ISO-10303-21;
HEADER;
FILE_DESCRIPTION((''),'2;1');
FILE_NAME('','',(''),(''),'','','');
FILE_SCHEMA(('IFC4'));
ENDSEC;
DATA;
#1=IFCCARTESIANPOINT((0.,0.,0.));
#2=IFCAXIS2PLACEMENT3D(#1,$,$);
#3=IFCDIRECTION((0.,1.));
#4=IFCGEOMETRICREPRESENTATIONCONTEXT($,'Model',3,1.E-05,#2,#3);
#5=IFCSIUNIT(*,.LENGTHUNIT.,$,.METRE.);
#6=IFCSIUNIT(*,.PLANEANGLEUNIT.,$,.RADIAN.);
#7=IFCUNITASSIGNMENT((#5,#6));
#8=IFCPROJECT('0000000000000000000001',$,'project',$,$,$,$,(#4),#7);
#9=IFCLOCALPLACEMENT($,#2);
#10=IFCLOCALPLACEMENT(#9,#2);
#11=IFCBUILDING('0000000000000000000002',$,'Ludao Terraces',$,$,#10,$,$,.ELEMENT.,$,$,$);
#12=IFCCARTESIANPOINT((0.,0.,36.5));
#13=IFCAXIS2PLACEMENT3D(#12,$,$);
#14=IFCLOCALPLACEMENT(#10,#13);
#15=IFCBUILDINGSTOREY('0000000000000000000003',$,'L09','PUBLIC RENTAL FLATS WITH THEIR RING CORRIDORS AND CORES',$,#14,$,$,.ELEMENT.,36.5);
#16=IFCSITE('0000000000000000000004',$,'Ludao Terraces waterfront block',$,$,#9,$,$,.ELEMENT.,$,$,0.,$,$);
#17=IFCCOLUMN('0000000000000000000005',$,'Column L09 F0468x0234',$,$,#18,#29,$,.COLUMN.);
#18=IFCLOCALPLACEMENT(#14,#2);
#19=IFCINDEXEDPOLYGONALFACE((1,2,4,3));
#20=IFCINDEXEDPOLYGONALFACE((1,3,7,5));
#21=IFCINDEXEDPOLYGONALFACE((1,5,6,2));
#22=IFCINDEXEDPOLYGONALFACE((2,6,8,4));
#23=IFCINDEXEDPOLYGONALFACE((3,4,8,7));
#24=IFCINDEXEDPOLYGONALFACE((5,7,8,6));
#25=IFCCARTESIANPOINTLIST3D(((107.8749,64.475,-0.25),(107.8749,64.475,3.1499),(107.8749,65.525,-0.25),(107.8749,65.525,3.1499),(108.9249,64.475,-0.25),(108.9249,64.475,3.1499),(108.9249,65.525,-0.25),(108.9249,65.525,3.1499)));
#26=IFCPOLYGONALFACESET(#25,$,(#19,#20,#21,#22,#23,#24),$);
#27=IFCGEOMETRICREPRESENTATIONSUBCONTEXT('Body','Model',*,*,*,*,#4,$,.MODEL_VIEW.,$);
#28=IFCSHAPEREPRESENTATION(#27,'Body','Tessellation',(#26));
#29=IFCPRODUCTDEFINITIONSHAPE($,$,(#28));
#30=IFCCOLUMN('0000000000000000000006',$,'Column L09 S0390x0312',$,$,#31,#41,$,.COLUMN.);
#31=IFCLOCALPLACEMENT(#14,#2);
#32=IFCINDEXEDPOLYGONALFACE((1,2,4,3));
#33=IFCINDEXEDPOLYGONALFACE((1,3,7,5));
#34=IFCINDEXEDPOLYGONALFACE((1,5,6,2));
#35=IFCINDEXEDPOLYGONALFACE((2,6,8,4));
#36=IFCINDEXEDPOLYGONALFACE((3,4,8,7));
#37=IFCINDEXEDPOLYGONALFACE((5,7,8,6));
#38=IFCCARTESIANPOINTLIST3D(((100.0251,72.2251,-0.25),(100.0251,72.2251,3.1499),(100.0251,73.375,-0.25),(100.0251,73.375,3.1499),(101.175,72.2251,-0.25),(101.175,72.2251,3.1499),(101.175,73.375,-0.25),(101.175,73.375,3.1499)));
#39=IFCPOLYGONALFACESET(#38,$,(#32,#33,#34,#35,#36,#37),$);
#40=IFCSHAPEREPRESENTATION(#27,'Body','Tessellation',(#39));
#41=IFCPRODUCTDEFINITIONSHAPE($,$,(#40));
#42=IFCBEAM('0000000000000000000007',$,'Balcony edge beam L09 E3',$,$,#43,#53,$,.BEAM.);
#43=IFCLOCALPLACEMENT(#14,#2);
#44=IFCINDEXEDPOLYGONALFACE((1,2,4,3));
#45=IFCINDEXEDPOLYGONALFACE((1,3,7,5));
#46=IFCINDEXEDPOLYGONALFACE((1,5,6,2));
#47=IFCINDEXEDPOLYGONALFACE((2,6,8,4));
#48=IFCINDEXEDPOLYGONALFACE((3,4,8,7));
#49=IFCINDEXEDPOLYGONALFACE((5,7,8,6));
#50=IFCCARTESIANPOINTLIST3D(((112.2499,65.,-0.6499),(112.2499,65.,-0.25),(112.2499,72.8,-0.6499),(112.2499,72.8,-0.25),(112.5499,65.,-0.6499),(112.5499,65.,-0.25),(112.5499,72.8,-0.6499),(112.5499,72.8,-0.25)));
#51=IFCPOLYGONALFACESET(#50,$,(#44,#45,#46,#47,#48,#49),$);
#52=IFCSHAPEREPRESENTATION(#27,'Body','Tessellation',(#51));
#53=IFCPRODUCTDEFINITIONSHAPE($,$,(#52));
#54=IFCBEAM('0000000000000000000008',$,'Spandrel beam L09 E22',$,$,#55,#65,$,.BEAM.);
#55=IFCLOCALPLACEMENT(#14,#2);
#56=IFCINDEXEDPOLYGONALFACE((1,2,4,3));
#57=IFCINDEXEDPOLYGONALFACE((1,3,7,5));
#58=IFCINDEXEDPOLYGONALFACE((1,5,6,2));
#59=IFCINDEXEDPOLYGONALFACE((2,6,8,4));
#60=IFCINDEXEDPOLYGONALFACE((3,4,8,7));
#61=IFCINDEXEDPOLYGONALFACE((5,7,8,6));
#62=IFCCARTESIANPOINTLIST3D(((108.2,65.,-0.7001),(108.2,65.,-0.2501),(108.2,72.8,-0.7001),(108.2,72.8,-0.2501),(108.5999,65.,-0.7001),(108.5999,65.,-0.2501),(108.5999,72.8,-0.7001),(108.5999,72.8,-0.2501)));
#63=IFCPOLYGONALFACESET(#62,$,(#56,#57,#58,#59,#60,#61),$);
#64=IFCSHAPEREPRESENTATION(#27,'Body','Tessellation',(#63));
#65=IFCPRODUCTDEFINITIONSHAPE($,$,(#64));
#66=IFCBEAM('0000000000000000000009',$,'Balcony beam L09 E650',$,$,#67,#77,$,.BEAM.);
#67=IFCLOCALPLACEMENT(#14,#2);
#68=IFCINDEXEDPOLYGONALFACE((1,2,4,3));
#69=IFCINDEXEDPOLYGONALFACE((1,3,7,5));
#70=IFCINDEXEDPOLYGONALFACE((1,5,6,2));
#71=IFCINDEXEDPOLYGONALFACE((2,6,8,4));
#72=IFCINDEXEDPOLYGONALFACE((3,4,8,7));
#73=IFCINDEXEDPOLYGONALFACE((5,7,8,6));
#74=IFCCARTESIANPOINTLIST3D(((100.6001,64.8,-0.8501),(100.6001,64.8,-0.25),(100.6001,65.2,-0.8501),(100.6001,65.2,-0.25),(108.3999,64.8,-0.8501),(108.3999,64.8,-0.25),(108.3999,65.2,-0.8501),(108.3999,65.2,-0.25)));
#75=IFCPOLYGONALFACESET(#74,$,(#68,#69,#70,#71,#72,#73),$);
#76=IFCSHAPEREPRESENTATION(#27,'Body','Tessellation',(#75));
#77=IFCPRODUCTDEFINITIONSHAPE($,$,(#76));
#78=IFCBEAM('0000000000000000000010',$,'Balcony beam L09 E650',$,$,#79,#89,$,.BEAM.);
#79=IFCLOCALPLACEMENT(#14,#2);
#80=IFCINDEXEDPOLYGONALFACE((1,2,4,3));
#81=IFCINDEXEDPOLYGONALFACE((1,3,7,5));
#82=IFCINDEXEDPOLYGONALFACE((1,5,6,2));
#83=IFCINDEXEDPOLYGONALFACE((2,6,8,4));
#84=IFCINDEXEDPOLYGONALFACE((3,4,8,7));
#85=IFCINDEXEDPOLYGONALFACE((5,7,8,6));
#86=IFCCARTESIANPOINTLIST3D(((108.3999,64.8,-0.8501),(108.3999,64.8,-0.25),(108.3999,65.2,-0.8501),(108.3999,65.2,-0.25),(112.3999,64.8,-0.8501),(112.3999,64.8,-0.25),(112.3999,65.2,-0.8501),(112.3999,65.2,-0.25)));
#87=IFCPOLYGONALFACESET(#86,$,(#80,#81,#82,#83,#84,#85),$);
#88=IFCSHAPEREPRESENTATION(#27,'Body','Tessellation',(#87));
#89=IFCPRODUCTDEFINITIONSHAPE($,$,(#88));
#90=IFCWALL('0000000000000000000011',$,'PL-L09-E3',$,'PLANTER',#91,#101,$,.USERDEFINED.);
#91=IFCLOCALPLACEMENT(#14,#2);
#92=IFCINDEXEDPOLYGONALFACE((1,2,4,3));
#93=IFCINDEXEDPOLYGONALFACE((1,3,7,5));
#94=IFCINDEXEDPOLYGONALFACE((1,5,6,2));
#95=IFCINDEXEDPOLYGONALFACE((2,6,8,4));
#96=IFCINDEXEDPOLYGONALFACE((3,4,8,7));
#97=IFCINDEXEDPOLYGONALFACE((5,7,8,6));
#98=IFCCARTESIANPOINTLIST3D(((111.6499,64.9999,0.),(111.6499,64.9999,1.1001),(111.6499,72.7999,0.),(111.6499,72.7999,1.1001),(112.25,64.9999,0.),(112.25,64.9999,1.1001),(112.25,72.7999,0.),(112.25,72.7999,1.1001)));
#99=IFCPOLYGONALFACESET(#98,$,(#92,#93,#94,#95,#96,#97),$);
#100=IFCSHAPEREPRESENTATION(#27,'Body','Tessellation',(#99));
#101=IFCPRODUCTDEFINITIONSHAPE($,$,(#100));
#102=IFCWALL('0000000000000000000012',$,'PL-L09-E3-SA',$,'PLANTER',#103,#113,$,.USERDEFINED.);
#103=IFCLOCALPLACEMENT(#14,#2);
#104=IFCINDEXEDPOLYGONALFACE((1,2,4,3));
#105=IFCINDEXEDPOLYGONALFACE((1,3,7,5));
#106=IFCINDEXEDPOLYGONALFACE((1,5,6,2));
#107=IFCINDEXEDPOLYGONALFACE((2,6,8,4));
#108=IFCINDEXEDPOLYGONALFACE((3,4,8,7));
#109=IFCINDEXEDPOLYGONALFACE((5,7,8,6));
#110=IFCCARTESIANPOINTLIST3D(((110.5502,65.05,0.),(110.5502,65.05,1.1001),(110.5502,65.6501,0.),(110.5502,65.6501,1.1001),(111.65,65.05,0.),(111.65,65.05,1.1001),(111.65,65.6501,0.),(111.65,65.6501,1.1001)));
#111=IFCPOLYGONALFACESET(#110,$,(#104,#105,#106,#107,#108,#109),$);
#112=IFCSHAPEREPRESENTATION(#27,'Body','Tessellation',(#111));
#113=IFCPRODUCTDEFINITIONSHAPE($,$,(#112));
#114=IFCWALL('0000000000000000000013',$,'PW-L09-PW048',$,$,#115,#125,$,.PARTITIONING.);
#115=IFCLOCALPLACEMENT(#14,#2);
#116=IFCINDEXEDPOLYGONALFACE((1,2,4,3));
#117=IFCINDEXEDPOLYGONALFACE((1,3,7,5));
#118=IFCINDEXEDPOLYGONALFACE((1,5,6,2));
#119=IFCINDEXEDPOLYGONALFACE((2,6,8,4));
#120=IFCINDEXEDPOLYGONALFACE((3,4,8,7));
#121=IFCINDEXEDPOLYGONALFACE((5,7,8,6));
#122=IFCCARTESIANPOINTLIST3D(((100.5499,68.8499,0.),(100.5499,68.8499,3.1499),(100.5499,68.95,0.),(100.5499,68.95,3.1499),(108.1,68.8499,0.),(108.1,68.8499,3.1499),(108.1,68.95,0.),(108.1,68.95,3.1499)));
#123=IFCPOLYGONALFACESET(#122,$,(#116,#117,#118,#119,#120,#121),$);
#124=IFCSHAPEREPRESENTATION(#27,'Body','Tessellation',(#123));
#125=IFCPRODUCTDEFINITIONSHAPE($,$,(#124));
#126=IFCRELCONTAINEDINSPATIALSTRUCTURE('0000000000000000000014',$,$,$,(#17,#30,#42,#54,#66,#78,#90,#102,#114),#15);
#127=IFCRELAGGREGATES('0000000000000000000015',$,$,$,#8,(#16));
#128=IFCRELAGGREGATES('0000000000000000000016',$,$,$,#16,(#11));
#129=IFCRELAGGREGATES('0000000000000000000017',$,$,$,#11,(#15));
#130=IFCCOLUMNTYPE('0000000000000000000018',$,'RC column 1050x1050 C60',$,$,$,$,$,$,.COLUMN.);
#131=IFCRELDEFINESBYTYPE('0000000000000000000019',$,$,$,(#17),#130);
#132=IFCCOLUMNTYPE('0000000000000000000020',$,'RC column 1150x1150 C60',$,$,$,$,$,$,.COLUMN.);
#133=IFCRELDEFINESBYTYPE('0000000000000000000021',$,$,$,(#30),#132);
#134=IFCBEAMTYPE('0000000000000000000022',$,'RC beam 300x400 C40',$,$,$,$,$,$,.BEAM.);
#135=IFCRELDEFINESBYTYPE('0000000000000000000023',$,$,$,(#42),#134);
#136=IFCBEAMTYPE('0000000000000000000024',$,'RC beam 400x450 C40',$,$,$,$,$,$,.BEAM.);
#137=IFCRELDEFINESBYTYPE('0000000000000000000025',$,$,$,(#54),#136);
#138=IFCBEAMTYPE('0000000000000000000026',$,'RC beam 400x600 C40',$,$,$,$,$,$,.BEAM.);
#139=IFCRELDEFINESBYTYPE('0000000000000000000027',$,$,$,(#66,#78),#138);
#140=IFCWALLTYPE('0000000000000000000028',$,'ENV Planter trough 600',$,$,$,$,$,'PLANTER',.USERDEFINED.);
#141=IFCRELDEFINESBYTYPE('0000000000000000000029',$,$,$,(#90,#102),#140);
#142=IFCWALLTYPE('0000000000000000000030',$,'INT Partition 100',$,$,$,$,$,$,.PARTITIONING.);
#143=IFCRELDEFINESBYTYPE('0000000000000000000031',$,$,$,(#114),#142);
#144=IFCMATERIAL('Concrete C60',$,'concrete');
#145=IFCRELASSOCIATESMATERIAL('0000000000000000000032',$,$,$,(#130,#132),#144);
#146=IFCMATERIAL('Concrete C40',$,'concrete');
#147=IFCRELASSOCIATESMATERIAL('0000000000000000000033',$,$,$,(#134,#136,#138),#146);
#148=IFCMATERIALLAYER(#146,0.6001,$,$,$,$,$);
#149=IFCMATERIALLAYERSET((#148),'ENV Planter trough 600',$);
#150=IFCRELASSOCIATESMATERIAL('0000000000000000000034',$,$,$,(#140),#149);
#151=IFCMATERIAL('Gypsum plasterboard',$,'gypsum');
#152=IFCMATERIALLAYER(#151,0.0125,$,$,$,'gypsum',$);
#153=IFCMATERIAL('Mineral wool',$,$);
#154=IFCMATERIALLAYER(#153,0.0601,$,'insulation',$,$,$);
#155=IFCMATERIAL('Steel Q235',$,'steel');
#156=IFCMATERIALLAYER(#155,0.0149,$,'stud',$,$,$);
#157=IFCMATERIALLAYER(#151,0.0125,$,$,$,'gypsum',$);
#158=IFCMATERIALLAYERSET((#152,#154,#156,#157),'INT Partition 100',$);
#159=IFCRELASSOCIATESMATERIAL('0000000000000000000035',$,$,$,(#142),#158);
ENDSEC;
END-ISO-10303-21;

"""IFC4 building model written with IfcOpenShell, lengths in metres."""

from ifc_helpers import new_model, si_unit, direction, frame, frame_2d, origin, origin_2d, place, context, subcontext, project, spatial, rectangle, extrude, material, layer, layer_set, material_profile, profile_set, type_object, element, save


model = new_model("IFC4")

# Units and contexts
model_context = context("Model", 3, precision=1e-05, world=origin(), true_north=direction((0.0, 1.0)))
body_context = subcontext(model_context, "Body", "Model", "MODEL_VIEW")
ifc_project = project(units=[si_unit("LENGTHUNIT", "METRE"), si_unit("PLANEANGLEUNIT", "RADIAN")], contexts=[model_context])

# Site, building, storey
site_placement = place(None, origin())
site = spatial("IfcSite", under=ifc_project, at=site_placement, Name="Ludao Terraces waterfront block", CompositionType="ELEMENT", RefElevation=0.0)
building_placement = place(site_placement, origin())
building = spatial("IfcBuilding", under=site, at=building_placement, Name="Ludao Terraces", CompositionType="ELEMENT")
storey_placement = place(building_placement, frame((0.0, 0.0, 36.5)))
storey = spatial("IfcBuildingStorey", under=building, at=storey_placement, Name="L09", Description="PUBLIC RENTAL FLATS WITH THEIR RING CORRIDORS AND CORES", CompositionType="ELEMENT", Elevation=36.5)

# Columns
ifc_material_1 = material(Name="Concrete C60", Category="concrete")
ifc_material_profile_1 = material_profile(ifc_material_1, rectangle(XDim=1.05, YDim=1.05, at=origin_2d()), Name="1050 X 1050")
ifc_profile_set_1 = profile_set([ifc_material_profile_1], Name="Concrete C60")
column_type_1 = type_object("IfcColumnType", Name="RC column 1050x1050 C60", PredefinedType="COLUMN", material=ifc_profile_set_1)
column_1_placement = place(storey_placement, frame((108.3999, 65.0, -0.25), z_axis=(0.0, 0.0, 1.0), x_axis=(1.0, 0.0, 0.0)))
element("IfcColumn", 1, at=column_1_placement, inside=storey, type_object=column_type_1, Name="Column L09 F0468x0234", PredefinedType="COLUMN", context=body_context, shape_type="SweptSolid", body=[
    extrude(rectangle(XDim=1.05, YDim=1.05, at=origin_2d()), origin(), (0.0, 0.0, 1.0), 3.3999),
])
ifc_material_profile_2 = material_profile(ifc_material_1, rectangle(XDim=1.1499, YDim=1.1499, at=origin_2d()), Name="1150 X 1150")
ifc_profile_set_2 = profile_set([ifc_material_profile_2], Name="Concrete C60")
column_type_2 = type_object("IfcColumnType", Name="RC column 1150x1150 C60", PredefinedType="COLUMN", material=ifc_profile_set_2)
column_2_placement = place(storey_placement, frame((100.6001, 72.8, -0.25), z_axis=(0.0, 0.0, 1.0), x_axis=(1.0, 0.0, 0.0)))
element("IfcColumn", 2, at=column_2_placement, inside=storey, type_object=column_type_2, Name="Column L09 S0390x0312", PredefinedType="COLUMN", context=body_context, shape_type="SweptSolid", body=[
    extrude(rectangle(XDim=1.1499, YDim=1.1499, at=origin_2d()), origin(), (0.0, 0.0, 1.0), 3.3999),
])

# Beams
ifc_material_2 = material(Name="Concrete C40", Category="concrete")
ifc_material_profile_3 = material_profile(ifc_material_2, rectangle(XDim=0.3, YDim=0.3999, at=origin_2d()), Name="300 X 400")
ifc_profile_set_3 = profile_set([ifc_material_profile_3], Name="Concrete C40")
beam_type_1 = type_object("IfcBeamType", Name="RC beam 300x400 C40", PredefinedType="BEAM", material=ifc_profile_set_3)
beam_1_placement = place(storey_placement, frame((112.3999, 65.0, -0.45), z_axis=(0.0, 1.0, 0.0), x_axis=(-1.0, 0.0, 0.0)))
element("IfcBeam", 3, at=beam_1_placement, inside=storey, type_object=beam_type_1, Name="Balcony edge beam L09 E3", PredefinedType="BEAM", context=body_context, shape_type="SweptSolid", body=[
    extrude(rectangle(XDim=0.3, YDim=0.3999, at=origin_2d()), origin(), (0.0, 0.0, 1.0), 7.8),
])
ifc_material_profile_4 = material_profile(ifc_material_2, rectangle(XDim=0.3999, YDim=0.45, at=origin_2d()), Name="400 X 450")
ifc_profile_set_4 = profile_set([ifc_material_profile_4], Name="Concrete C40")
beam_type_2 = type_object("IfcBeamType", Name="RC beam 400x450 C40", PredefinedType="BEAM", material=ifc_profile_set_4)
beam_2_placement = place(storey_placement, frame((108.3999, 65.0, -0.4751), z_axis=(0.0, 1.0, 0.0), x_axis=(-1.0, 0.0, 0.0)))
element("IfcBeam", 4, at=beam_2_placement, inside=storey, type_object=beam_type_2, Name="Spandrel beam L09 E22", PredefinedType="BEAM", context=body_context, shape_type="SweptSolid", body=[
    extrude(rectangle(XDim=0.3999, YDim=0.45, at=origin_2d()), origin(), (0.0, 0.0, 1.0), 7.8),
])
ifc_material_profile_5 = material_profile(ifc_material_2, rectangle(XDim=0.3999, YDim=0.6001, at=origin_2d()), Name="400 X 600")
ifc_profile_set_5 = profile_set([ifc_material_profile_5], Name="Concrete C40")
beam_type_3 = type_object("IfcBeamType", Name="RC beam 400x600 C40", PredefinedType="BEAM", material=ifc_profile_set_5)
beam_3_placement = place(storey_placement, frame((100.6001, 65.0, -0.55), z_axis=(1.0, 0.0, 0.0), x_axis=(0.0, 1.0, 0.0)))
element("IfcBeam", 5, at=beam_3_placement, inside=storey, type_object=beam_type_3, Name="Balcony beam L09 E650", PredefinedType="BEAM", context=body_context, shape_type="SweptSolid", body=[
    extrude(rectangle(XDim=0.3999, YDim=0.6001, at=origin_2d()), origin(), (0.0, 0.0, 1.0), 7.7998),
])
beam_4_placement = place(storey_placement, frame((108.3999, 65.0, -0.55), z_axis=(1.0, 0.0, 0.0), x_axis=(0.0, 1.0, 0.0)))
element("IfcBeam", 6, at=beam_4_placement, inside=storey, type_object=beam_type_3, Name="Balcony beam L09 E650", PredefinedType="BEAM", context=body_context, shape_type="SweptSolid", body=[
    extrude(rectangle(XDim=0.3999, YDim=0.6001, at=origin_2d()), origin(), (0.0, 0.0, 1.0), 4.0),
])

# Walls
ifc_layer_1 = layer(ifc_material_2, 0.6001)
ifc_layer_set_1 = layer_set([ifc_layer_1], Name="ENV Planter trough 600")
wall_type_1 = type_object("IfcWallType", Name="ENV Planter trough 600", ElementType="PLANTER", PredefinedType="USERDEFINED", material=ifc_layer_set_1)
wall_1_placement = place(storey_placement, frame((111.95, 65.0, 0.0), z_axis=(0.0, 0.0, 1.0), x_axis=(0.0, 1.0, 0.0)))
element("IfcWall", 7, at=wall_1_placement, inside=storey, type_object=wall_type_1, Name="PL-L09-E3", ObjectType="PLANTER", PredefinedType="USERDEFINED", context=body_context, shape_type="SweptSolid", body=[
    extrude(rectangle(XDim=7.8, YDim=0.6001, at=frame_2d((3.8999, 0.0))), origin(), (0.0, 0.0, 1.0), 1.1001),
])
wall_2_placement = place(storey_placement, frame((111.6499, 65.3501, 0.0), z_axis=(0.0, 0.0, 1.0), x_axis=(-1.0, 0.0, 0.0)))
element("IfcWall", 8, at=wall_2_placement, inside=storey, type_object=wall_type_1, Name="PL-L09-E3-SA", ObjectType="PLANTER", PredefinedType="USERDEFINED", context=body_context, shape_type="SweptSolid", body=[
    extrude(rectangle(XDim=1.0999, YDim=0.6001, at=frame_2d((0.5498, 0.0))), origin(), (0.0, 0.0, 1.0), 1.1001),
])

# Shared definitions
ifc_material_3 = material(Name="Mineral wool")

# Wall
ifc_material_4 = material(Name="Gypsum plasterboard", Category="gypsum")
ifc_layer_2 = layer(ifc_material_4, 0.0125, Category="gypsum")
ifc_layer_3 = layer(ifc_material_3, 0.0601, Name="insulation")
ifc_material_5 = material(Name="Steel Q235", Category="steel")
ifc_layer_4 = layer(ifc_material_5, 0.0149, Name="stud")
ifc_layer_5 = layer(ifc_material_4, 0.0125, Category="gypsum")
ifc_layer_set_2 = layer_set([ifc_layer_2, ifc_layer_3, ifc_layer_4, ifc_layer_5], Name="INT Partition 100")
wall_type_2 = type_object("IfcWallType", Name="INT Partition 100", PredefinedType="PARTITIONING", material=ifc_layer_set_2)
wall_3_placement = place(storey_placement, frame((100.55, 68.8999, 0.0), z_axis=(0.0, 0.0, 1.0), x_axis=(1.0, 0.0, 0.0)))
element("IfcWall", 9, at=wall_3_placement, inside=storey, type_object=wall_type_2, Name="PW-L09-PW048", PredefinedType="PARTITIONING", context=body_context, shape_type="SweptSolid", body=[
    extrude(rectangle(XDim=7.55, YDim=0.1001, at=frame_2d((3.7749, 0.0))), origin(), (0.0, 0.0, 1.0), 3.1499),
])

save(model, "model.ifc")
